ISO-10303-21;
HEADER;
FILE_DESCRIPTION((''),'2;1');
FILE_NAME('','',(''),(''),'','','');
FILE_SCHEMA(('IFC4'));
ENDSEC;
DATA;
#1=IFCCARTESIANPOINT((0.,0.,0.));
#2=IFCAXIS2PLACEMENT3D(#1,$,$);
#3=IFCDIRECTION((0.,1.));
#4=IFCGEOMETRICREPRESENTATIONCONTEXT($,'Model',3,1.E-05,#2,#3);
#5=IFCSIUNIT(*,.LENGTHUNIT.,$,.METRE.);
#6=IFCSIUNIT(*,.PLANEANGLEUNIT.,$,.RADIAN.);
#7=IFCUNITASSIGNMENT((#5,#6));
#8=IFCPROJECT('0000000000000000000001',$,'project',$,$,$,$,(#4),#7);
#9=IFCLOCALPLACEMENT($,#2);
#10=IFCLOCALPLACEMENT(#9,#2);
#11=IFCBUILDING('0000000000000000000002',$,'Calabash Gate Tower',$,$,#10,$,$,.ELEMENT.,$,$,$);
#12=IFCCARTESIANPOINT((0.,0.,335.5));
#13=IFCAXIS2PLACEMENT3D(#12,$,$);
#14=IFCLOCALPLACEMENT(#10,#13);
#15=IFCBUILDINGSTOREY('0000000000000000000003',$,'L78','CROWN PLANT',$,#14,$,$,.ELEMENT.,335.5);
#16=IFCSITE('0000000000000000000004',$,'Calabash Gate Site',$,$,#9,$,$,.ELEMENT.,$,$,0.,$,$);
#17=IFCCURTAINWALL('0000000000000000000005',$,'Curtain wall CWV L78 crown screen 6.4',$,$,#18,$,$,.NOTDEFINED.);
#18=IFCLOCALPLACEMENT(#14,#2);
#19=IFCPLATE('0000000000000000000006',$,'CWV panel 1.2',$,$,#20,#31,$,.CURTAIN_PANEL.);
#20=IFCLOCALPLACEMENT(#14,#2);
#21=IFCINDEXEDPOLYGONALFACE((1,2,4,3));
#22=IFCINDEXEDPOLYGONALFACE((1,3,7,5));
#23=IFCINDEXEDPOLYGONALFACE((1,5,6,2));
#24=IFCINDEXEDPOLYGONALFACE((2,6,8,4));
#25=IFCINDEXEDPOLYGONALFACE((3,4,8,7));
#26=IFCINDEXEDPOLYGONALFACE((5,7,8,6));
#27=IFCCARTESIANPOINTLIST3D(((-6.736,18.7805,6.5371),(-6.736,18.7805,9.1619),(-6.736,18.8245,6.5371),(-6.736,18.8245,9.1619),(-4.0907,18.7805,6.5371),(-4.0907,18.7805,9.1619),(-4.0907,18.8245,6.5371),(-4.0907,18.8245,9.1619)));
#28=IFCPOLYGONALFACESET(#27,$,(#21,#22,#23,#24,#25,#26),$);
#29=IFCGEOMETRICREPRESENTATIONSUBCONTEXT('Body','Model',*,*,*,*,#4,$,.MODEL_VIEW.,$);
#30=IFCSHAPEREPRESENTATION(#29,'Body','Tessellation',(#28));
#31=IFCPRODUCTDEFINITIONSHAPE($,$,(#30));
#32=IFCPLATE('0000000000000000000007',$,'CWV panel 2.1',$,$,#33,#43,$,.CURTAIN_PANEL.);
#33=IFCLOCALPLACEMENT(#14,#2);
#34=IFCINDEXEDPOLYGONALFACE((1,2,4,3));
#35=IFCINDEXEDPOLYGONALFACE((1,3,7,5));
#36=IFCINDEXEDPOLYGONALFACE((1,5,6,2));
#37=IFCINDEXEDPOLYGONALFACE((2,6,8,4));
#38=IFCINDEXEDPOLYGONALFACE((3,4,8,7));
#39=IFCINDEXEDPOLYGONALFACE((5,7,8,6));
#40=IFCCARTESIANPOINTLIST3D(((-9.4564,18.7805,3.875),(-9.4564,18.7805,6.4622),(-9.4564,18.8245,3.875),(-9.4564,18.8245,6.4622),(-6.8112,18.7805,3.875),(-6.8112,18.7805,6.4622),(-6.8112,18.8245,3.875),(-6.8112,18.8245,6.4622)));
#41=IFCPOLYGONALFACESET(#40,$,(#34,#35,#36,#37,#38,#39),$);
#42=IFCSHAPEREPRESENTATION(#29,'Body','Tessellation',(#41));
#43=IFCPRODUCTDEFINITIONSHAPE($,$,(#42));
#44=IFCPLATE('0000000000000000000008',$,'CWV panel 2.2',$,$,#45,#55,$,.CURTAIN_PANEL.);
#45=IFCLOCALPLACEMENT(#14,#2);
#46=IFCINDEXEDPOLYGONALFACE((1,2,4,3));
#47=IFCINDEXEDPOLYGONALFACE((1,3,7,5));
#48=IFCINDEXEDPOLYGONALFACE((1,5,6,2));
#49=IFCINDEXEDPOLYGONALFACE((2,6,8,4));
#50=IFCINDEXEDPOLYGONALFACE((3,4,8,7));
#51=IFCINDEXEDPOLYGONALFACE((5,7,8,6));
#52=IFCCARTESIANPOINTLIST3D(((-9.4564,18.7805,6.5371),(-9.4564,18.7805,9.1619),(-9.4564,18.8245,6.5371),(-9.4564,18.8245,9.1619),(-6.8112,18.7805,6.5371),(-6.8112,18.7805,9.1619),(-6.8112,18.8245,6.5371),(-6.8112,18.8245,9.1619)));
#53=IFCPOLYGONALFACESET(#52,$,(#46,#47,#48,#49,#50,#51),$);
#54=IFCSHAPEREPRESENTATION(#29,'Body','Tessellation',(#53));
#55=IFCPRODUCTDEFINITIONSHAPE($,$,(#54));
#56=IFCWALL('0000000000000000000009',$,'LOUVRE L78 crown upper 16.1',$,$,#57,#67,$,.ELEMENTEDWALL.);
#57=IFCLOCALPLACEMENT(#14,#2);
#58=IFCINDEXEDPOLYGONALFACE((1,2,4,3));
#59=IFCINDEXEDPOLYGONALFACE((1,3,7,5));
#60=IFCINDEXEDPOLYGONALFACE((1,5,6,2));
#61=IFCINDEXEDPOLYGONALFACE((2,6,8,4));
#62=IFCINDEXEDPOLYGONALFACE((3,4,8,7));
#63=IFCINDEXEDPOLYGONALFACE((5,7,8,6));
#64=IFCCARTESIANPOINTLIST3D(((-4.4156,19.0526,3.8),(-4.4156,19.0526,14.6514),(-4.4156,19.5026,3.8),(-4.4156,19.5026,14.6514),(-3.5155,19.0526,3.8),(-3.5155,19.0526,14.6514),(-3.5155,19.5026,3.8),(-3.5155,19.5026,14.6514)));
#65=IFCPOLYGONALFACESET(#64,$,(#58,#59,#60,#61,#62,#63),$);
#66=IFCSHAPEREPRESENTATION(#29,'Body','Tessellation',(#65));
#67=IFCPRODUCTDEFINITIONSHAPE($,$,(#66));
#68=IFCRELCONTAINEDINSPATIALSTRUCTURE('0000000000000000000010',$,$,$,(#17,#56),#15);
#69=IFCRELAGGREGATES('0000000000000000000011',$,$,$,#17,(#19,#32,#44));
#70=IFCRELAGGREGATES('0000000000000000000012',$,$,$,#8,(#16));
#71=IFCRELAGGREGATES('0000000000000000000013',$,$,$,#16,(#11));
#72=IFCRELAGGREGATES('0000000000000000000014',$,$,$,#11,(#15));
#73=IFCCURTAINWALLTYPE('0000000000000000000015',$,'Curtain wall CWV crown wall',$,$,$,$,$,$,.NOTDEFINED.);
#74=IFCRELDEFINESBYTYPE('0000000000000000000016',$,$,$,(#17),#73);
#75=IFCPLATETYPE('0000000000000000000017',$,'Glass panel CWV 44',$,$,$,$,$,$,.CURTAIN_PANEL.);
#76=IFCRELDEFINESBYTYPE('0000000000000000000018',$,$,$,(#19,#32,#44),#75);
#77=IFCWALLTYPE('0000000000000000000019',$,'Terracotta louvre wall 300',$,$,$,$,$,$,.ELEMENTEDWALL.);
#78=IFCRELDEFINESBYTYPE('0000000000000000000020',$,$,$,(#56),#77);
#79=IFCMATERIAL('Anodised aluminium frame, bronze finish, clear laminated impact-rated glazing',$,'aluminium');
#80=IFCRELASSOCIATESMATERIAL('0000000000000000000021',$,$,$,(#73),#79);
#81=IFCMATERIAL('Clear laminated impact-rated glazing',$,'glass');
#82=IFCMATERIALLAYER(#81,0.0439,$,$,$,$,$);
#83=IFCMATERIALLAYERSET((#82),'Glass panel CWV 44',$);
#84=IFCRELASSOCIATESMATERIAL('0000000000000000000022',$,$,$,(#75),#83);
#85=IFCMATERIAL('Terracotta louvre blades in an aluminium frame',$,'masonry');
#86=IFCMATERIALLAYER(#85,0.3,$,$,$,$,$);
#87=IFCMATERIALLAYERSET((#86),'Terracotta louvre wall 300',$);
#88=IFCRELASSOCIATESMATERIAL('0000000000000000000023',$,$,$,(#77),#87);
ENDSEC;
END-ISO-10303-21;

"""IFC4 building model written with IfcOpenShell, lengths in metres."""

from ifc_helpers import new_model, si_unit, direction, frame, frame_2d, origin, origin_2d, place, context, subcontext, project, spatial, rectangle, extrude, material, layer, layer_set, type_object, element, aggregate, save


model = new_model("IFC4")

# Units and contexts
model_context = context("Model", 3, precision=1e-05, world=origin(), true_north=direction((0.0, 1.0)))
body_context = subcontext(model_context, "Body", "Model", "MODEL_VIEW")
ifc_project = project(units=[si_unit("LENGTHUNIT", "METRE"), si_unit("PLANEANGLEUNIT", "RADIAN")], contexts=[model_context])

# Site, building, storey
site_placement = place(None, origin())
site = spatial("IfcSite", under=ifc_project, at=site_placement, Name="Calabash Gate Site", CompositionType="ELEMENT", RefElevation=0.0)
building_placement = place(site_placement, origin())
building = spatial("IfcBuilding", under=site, at=building_placement, Name="Calabash Gate Tower", CompositionType="ELEMENT")
storey_placement = place(building_placement, frame((0.0, 0.0, 335.5)))
storey = spatial("IfcBuildingStorey", under=building, at=storey_placement, Name="L78", Description="CROWN PLANT", CompositionType="ELEMENT", Elevation=335.5)

# Curtain wall
ifc_material_1 = material(Name="Anodised aluminium frame, bronze finish, clear laminated impact-rated glazing", Category="aluminium")
curtain_wall_type = type_object("IfcCurtainWallType", Name="Curtain wall CWV crown wall", PredefinedType="NOTDEFINED", material=ifc_material_1)
curtain_wall_1_placement = place(storey_placement, origin())
curtain_wall_1 = element("IfcCurtainWall", 1, at=curtain_wall_1_placement, inside=storey, type_object=curtain_wall_type, Name="Curtain wall CWV L78 crown screen 6.4", PredefinedType="NOTDEFINED")

# Plates
ifc_material_2 = material(Name="Clear laminated impact-rated glazing", Category="glass")
ifc_layer_1 = layer(ifc_material_2, 0.0439)
ifc_layer_set_1 = layer_set([ifc_layer_1], Name="Glass panel CWV 44")
plate_type = type_object("IfcPlateType", Name="Glass panel CWV 44", PredefinedType="CURTAIN_PANEL", material=ifc_layer_set_1)
plate_1_placement = place(storey_placement, frame((-5.4133, 18.8025, 6.5371), z_axis=(0.0, 0.0, 1.0), x_axis=(-1.0, 0.0, 0.0)))
plate_1 = element("IfcPlate", 2, at=plate_1_placement, type_object=plate_type, Name="CWV panel 1.2", PredefinedType="CURTAIN_PANEL", context=body_context, shape_type="SweptSolid", body=[
    extrude(rectangle(XDim=2.6453, YDim=0.0439, at=origin_2d()), origin(), (0.0, 0.0, 1.0), 2.6248),
])
plate_2_placement = place(storey_placement, frame((-8.1338, 18.8025, 3.875), z_axis=(0.0, 0.0, 1.0), x_axis=(-1.0, 0.0, 0.0)))
plate_2 = element("IfcPlate", 3, at=plate_2_placement, type_object=plate_type, Name="CWV panel 2.1", PredefinedType="CURTAIN_PANEL", context=body_context, shape_type="SweptSolid", body=[
    extrude(rectangle(XDim=2.6453, YDim=0.0439, at=origin_2d()), origin(), (0.0, 0.0, 1.0), 2.5872),
])
plate_3_placement = place(storey_placement, frame((-8.1338, 18.8025, 6.5371), z_axis=(0.0, 0.0, 1.0), x_axis=(-1.0, 0.0, 0.0)))
plate_3 = element("IfcPlate", 4, at=plate_3_placement, type_object=plate_type, Name="CWV panel 2.2", PredefinedType="CURTAIN_PANEL", context=body_context, shape_type="SweptSolid", body=[
    extrude(rectangle(XDim=2.6453, YDim=0.0439, at=origin_2d()), origin(), (0.0, 0.0, 1.0), 2.6248),
])
aggregate(curtain_wall_1, [plate_1, plate_2, plate_3])

# Wall
ifc_material_3 = material(Name="Terracotta louvre blades in an aluminium frame", Category="masonry")
ifc_layer_2 = layer(ifc_material_3, 0.3)
ifc_layer_set_2 = layer_set([ifc_layer_2], Name="Terracotta louvre wall 300")
wall_type = type_object("IfcWallType", Name="Terracotta louvre wall 300", PredefinedType="ELEMENTEDWALL", material=ifc_layer_set_2)
wall_placement = place(storey_placement, frame((-4.4158, 19.2776, 3.8), z_axis=(0.0, 0.0, 1.0), x_axis=(1.0, 0.0, 0.0)))
element("IfcWall", 5, at=wall_placement, inside=storey, type_object=wall_type, Name="LOUVRE L78 crown upper 16.1", PredefinedType="ELEMENTEDWALL", context=body_context, shape_type="SweptSolid", body=[
    extrude(rectangle(XDim=0.9001, YDim=0.45, at=frame_2d((0.4502, 0.0))), origin(), (0.0, 0.0, 1.0), 10.8513),
])

save(model, "model.ifc")
